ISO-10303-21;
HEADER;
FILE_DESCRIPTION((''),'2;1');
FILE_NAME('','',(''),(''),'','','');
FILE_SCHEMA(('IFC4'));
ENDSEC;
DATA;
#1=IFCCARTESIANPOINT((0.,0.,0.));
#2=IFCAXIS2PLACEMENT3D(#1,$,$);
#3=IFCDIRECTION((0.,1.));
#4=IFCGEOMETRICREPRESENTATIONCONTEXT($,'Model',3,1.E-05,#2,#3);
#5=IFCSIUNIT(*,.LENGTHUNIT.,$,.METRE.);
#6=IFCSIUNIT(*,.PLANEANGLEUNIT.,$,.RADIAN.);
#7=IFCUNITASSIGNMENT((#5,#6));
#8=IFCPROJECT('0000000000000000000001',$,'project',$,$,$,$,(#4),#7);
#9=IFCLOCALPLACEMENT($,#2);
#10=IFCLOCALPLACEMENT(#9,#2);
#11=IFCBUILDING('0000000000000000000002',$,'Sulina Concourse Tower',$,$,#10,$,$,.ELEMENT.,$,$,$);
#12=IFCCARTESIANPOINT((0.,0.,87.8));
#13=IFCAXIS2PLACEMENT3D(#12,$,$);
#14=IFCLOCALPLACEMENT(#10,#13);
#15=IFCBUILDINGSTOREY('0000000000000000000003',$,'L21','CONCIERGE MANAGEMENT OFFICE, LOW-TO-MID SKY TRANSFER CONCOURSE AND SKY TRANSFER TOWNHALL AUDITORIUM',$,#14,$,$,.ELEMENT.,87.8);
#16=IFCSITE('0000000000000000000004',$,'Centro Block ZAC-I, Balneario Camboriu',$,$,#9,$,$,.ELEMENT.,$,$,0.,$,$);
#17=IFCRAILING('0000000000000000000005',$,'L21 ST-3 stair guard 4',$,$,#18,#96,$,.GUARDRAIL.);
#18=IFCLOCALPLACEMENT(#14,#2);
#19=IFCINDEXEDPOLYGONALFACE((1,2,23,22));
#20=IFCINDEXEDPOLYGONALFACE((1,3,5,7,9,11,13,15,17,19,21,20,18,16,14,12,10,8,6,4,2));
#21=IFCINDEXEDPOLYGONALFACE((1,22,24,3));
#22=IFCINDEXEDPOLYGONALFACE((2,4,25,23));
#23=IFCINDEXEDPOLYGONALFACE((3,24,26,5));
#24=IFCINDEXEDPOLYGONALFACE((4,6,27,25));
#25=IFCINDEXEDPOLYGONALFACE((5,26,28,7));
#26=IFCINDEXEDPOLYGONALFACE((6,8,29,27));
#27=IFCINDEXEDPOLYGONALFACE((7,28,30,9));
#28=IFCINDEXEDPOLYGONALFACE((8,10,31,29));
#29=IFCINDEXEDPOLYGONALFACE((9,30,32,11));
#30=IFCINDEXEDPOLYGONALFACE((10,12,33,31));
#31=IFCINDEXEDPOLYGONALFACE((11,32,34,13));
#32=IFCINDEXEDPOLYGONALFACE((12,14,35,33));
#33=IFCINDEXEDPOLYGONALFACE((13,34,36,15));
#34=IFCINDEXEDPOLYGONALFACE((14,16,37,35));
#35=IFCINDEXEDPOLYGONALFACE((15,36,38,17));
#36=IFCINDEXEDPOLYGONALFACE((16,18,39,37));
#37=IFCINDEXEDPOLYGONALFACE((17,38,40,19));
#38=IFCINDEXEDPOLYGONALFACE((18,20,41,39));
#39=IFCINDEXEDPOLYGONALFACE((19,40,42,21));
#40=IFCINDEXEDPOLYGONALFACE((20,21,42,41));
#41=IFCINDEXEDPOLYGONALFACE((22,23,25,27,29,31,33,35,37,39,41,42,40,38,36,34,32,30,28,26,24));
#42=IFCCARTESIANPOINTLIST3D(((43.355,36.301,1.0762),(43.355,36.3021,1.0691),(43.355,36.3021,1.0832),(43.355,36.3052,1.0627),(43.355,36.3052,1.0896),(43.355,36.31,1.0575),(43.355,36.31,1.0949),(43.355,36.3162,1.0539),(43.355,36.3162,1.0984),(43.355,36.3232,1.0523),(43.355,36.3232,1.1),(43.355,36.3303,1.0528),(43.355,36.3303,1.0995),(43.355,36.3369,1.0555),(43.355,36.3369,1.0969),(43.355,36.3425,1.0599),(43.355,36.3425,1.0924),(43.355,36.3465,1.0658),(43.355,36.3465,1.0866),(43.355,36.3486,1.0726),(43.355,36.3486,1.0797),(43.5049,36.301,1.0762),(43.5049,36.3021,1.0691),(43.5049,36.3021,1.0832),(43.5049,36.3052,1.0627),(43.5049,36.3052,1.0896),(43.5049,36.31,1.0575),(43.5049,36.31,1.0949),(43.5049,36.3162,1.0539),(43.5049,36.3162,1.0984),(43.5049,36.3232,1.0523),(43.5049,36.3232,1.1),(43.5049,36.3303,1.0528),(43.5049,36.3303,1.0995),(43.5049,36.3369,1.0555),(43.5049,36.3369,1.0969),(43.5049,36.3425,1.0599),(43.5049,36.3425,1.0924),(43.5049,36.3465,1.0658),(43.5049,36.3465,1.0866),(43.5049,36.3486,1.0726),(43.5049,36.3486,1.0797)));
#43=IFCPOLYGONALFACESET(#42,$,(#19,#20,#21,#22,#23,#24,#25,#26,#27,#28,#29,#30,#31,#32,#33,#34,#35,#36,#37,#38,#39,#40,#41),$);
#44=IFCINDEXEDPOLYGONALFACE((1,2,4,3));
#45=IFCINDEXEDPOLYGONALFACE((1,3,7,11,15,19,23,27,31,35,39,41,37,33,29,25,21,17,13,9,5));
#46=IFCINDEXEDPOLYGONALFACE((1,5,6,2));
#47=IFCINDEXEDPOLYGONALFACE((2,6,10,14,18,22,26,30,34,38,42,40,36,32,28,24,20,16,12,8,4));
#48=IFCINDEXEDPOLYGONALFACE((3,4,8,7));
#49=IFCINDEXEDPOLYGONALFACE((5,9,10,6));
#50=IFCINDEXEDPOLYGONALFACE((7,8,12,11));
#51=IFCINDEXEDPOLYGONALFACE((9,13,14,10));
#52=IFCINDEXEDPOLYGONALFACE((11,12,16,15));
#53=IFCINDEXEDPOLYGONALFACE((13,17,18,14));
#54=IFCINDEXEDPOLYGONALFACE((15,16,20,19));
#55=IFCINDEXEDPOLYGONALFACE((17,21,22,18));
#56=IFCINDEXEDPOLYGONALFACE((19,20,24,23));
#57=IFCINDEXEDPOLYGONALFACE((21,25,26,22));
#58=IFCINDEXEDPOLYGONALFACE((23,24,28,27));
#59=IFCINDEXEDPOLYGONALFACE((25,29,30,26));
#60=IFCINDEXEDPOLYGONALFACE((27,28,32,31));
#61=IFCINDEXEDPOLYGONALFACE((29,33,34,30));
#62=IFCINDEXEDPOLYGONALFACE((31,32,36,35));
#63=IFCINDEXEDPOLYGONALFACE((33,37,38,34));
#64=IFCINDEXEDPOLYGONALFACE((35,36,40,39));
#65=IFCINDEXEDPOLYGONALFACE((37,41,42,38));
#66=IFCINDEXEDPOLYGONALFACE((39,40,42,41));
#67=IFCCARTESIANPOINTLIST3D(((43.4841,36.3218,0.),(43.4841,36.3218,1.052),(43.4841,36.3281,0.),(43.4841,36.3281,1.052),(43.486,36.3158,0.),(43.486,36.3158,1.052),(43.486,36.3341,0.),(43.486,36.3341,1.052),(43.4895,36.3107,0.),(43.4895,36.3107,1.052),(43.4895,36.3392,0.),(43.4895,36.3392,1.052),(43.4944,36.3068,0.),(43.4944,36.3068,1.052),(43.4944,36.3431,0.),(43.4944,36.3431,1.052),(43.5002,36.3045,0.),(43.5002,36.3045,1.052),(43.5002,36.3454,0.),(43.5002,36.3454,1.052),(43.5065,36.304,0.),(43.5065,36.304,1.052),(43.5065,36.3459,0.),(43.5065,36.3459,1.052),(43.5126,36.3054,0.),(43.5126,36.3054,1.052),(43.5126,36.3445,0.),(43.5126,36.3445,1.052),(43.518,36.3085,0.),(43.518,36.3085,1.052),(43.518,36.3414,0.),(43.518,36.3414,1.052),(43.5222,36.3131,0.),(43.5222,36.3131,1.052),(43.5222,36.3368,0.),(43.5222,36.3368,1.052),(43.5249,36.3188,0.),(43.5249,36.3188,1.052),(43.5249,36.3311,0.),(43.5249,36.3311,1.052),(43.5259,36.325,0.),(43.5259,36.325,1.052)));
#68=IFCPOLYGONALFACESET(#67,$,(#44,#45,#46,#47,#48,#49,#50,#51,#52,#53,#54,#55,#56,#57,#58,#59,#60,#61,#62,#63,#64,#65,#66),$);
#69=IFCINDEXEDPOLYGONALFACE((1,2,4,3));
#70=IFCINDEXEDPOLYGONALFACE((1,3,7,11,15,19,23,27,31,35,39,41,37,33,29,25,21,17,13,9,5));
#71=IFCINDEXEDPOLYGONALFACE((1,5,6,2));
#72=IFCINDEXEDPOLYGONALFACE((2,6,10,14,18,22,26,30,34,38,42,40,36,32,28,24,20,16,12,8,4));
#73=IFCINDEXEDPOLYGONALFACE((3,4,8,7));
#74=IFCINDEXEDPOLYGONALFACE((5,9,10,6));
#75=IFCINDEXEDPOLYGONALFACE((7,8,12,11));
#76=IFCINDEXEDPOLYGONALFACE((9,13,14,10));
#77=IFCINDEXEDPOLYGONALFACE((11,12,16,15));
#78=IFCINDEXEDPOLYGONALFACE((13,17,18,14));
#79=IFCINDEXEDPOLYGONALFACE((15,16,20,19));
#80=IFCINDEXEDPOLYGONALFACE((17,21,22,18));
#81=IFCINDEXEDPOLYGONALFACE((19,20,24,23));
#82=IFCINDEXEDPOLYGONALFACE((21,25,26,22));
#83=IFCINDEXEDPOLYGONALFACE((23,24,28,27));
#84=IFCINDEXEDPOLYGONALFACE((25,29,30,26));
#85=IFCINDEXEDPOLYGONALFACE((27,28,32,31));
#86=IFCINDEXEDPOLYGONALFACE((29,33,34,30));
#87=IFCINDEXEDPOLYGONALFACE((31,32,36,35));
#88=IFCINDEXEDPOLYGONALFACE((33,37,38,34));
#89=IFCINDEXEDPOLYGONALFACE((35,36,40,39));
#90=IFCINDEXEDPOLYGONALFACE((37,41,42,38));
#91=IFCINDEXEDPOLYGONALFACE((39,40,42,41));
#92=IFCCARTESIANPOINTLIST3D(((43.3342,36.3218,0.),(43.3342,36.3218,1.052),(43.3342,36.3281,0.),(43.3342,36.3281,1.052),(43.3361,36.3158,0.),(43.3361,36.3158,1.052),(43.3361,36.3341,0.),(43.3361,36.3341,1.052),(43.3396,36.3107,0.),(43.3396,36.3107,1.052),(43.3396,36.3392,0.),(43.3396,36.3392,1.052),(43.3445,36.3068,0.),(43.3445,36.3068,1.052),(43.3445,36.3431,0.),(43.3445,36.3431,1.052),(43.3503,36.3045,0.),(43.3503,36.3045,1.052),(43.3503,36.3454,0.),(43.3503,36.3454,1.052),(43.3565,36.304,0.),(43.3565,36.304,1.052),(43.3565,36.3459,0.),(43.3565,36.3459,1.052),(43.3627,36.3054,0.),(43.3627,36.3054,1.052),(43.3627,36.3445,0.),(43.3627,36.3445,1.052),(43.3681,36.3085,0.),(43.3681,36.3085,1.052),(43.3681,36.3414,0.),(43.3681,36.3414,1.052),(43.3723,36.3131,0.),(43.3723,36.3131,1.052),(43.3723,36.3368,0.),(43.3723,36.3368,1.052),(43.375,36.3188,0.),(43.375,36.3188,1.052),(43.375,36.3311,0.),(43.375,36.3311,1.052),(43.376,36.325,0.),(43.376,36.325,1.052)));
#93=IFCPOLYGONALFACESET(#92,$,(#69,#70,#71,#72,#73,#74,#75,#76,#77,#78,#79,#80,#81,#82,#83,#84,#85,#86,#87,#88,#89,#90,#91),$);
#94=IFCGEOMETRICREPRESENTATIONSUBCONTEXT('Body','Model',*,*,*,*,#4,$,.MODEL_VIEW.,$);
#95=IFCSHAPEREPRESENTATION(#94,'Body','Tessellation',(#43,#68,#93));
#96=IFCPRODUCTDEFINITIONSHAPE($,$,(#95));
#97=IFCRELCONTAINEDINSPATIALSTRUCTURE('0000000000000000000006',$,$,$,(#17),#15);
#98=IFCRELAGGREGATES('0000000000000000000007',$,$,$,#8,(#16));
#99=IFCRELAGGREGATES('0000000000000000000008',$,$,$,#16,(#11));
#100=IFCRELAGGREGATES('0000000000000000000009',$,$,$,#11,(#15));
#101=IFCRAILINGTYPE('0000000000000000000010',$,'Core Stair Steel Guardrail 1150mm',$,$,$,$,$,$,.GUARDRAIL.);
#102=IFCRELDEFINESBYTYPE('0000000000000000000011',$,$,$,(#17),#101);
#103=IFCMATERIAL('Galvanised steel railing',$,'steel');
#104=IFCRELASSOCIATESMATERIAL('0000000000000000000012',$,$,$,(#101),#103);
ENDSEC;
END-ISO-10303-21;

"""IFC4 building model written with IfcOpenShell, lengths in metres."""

from ifc_helpers import new_model, si_unit, direction, frame, origin, origin_2d, place, context, subcontext, project, spatial, circle, extrude, material, type_object, element, save


model = new_model("IFC4")

# Units and contexts
model_context = context("Model", 3, precision=1e-05, world=origin(), true_north=direction((0.0, 1.0)))
body_context = subcontext(model_context, "Body", "Model", "MODEL_VIEW")
ifc_project = project(units=[si_unit("LENGTHUNIT", "METRE"), si_unit("PLANEANGLEUNIT", "RADIAN")], contexts=[model_context])

# Site, building, storey
site_placement = place(None, origin())
site = spatial("IfcSite", under=ifc_project, at=site_placement, Name="Centro Block ZAC-I, Balneario Camboriu", CompositionType="ELEMENT", RefElevation=0.0)
building_placement = place(site_placement, origin())
building = spatial("IfcBuilding", under=site, at=building_placement, Name="Sulina Concourse Tower", CompositionType="ELEMENT")
storey_placement = place(building_placement, frame((0.0, 0.0, 87.8)))
storey = spatial("IfcBuildingStorey", under=building, at=storey_placement, Name="L21", Description="CONCIERGE MANAGEMENT OFFICE, LOW-TO-MID SKY TRANSFER CONCOURSE AND SKY TRANSFER TOWNHALL AUDITORIUM", CompositionType="ELEMENT", Elevation=87.8)

# Railing
ifc_material_1 = material(Name="Galvanised steel railing", Category="steel")
railing_type_1 = type_object("IfcRailingType", Name="Core Stair Steel Guardrail 1150mm", PredefinedType="GUARDRAIL", material=ifc_material_1)
railing_1_placement = place(storey_placement, frame((43.5049, 36.325, 0.0)))
element("IfcRailing", 1, at=railing_1_placement, inside=storey, type_object=railing_type_1, Name="L21 ST-3 stair guard 4", PredefinedType="GUARDRAIL", context=body_context, shape_type="SweptSolid", body=[
    extrude(circle(Radius=0.0239, at=origin_2d()), frame((0.0, 0.0, 1.0762), z_axis=(-1.0, 0.0, 0.0), x_axis=(0.0, -1.0, 0.0)), (0.0, 0.0, 1.0), 0.1499),
    extrude(circle(Radius=0.021, at=origin_2d()), origin(), (0.0, 0.0, 1.0), 1.052),
    extrude(circle(Radius=0.021, at=origin_2d()), frame((-0.1499, 0.0, 0.0)), (0.0, 0.0, 1.0), 1.052),
])

save(model, "model.ifc")
